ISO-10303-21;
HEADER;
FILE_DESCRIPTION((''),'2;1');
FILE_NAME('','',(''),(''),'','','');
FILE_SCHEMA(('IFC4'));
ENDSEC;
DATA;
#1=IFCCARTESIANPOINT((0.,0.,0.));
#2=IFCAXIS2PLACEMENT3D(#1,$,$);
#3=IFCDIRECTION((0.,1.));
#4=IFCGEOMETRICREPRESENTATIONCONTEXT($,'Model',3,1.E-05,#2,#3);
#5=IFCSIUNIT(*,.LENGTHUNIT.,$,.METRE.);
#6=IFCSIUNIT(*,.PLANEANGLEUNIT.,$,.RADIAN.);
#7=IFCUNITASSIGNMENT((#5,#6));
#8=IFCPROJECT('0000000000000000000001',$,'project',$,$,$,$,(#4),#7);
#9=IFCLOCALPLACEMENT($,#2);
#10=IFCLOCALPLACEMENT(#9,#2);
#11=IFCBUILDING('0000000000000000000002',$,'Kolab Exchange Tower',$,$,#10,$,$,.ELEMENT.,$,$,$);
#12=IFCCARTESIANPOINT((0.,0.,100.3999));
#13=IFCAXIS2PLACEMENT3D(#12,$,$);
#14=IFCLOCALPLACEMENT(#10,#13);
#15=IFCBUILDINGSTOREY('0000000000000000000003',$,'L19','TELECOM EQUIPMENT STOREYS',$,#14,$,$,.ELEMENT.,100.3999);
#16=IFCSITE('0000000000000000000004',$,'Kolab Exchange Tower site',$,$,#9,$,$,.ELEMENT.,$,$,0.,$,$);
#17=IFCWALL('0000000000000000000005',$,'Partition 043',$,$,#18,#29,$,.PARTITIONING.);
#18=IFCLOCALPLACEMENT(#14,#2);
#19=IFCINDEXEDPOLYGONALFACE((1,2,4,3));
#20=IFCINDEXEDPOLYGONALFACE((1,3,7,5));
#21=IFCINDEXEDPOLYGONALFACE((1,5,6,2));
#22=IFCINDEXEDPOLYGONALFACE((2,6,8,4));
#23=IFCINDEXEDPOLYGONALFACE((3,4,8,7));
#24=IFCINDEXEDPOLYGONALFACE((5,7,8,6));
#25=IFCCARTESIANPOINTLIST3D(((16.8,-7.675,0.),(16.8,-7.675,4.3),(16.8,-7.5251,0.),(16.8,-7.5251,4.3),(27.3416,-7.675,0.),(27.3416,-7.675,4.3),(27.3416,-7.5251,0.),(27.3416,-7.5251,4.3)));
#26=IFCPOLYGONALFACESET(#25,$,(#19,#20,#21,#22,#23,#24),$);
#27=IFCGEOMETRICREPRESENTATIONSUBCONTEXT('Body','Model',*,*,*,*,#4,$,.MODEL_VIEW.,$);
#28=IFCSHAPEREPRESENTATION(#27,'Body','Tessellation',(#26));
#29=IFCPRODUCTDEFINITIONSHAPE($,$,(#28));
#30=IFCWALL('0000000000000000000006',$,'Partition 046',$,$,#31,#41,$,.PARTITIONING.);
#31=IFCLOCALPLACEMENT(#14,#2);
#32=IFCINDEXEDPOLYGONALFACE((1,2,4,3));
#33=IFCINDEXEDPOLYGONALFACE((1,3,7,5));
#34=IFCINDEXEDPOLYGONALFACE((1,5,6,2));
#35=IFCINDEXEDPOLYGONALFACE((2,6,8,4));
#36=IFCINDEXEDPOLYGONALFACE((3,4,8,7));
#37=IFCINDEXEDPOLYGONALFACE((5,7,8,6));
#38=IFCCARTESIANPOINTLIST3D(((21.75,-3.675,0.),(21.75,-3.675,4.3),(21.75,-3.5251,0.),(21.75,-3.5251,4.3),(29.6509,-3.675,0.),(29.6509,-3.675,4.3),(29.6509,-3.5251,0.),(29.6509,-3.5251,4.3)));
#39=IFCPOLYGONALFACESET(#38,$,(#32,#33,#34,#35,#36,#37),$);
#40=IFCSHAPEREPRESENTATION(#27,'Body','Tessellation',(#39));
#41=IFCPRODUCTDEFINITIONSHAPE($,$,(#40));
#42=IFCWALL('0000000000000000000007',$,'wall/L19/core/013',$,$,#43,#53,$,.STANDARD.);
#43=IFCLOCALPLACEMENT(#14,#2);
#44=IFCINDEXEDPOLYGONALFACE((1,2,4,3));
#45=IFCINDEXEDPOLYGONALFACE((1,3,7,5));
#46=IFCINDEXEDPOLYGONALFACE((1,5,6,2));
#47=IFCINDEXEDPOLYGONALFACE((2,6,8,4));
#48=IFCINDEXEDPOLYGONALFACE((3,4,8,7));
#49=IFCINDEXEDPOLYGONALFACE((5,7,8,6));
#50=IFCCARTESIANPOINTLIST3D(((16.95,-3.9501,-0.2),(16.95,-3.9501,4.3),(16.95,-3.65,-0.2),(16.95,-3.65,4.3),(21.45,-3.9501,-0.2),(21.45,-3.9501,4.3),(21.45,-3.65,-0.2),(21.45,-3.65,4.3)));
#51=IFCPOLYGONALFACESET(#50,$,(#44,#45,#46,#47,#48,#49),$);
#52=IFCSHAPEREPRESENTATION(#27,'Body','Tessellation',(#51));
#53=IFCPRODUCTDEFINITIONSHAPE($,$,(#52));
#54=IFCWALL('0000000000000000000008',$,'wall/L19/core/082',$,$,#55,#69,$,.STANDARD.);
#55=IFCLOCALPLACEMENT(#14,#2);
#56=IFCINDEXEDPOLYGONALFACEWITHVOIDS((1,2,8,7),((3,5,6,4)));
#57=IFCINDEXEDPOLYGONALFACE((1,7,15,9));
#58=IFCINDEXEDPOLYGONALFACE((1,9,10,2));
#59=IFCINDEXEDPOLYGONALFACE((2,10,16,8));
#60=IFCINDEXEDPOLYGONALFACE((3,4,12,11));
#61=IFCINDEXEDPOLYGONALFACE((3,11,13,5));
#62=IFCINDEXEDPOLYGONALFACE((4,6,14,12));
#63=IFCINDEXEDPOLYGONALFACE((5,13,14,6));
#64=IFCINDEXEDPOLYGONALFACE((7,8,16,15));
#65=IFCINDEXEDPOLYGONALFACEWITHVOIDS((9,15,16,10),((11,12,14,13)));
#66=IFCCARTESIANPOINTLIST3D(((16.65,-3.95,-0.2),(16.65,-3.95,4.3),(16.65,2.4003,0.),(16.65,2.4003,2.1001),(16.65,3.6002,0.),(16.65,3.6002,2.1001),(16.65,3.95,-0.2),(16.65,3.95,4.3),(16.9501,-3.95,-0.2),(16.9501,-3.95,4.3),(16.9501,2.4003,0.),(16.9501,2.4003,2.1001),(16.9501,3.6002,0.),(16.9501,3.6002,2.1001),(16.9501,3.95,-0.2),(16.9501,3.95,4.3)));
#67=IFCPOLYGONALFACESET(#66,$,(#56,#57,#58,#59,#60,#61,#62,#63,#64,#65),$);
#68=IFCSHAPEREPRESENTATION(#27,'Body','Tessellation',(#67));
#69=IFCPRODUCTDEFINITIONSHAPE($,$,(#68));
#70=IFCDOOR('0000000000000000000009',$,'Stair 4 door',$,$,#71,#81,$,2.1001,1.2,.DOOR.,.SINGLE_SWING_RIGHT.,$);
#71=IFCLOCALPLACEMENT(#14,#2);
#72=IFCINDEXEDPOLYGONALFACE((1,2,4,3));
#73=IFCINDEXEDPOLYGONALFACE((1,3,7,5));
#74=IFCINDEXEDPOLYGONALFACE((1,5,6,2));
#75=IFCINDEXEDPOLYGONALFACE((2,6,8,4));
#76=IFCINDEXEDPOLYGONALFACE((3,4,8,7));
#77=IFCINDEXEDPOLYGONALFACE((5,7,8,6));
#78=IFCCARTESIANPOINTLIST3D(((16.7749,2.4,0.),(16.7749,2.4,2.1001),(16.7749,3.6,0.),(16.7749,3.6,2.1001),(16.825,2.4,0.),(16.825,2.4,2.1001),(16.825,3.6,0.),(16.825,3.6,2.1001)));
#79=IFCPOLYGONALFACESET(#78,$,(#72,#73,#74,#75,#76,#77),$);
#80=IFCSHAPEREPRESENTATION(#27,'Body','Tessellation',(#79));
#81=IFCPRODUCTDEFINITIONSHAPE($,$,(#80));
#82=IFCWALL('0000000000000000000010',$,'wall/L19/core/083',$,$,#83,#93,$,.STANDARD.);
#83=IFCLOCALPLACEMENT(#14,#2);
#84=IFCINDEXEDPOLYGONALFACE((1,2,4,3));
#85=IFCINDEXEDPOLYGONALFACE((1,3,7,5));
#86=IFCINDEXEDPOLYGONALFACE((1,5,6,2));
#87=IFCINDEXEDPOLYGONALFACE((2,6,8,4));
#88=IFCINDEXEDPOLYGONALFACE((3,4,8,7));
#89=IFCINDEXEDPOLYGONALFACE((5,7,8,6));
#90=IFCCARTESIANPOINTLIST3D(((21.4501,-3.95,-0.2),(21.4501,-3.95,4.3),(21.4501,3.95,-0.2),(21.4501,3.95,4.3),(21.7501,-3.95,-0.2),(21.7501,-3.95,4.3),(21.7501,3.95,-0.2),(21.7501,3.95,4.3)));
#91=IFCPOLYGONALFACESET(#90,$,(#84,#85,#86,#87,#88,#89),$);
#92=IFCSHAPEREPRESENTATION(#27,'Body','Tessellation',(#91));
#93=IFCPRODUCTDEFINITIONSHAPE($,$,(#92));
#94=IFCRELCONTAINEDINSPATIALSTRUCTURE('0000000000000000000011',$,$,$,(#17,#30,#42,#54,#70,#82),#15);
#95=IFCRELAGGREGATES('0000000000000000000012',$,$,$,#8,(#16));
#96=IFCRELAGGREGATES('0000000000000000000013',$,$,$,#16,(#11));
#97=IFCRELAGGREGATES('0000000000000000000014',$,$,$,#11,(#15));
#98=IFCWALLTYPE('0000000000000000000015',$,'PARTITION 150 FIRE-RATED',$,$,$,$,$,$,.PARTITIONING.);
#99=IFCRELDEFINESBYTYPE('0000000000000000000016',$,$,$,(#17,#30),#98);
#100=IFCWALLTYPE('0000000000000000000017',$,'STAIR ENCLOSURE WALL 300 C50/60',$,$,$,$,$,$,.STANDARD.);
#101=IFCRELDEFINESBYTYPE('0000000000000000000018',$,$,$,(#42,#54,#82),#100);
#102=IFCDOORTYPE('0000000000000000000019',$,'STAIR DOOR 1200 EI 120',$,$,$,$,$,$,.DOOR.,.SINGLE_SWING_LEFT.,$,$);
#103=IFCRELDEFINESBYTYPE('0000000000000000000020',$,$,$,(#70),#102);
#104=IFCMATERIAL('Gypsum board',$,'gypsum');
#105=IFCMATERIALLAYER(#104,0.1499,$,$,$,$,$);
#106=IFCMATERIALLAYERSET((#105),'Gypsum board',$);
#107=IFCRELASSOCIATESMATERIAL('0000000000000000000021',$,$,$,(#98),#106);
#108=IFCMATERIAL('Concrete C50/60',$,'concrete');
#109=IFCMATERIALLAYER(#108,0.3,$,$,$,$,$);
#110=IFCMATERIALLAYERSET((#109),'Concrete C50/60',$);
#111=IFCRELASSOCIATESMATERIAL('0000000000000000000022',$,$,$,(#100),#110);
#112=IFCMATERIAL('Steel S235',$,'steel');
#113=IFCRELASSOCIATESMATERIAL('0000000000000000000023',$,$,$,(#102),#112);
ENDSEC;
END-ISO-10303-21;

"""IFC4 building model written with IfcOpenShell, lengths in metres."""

from ifc_helpers import new_model, si_unit, direction, frame, frame_2d, origin, place, context, subcontext, project, spatial, rectangle, extrude, material, layer, layer_set, type_object, element, fill, save


model = new_model("IFC4")

# Units and contexts
model_context = context("Model", 3, precision=1e-05, world=origin(), true_north=direction((0.0, 1.0)))
body_context = subcontext(model_context, "Body", "Model", "MODEL_VIEW")
ifc_project = project(units=[si_unit("LENGTHUNIT", "METRE"), si_unit("PLANEANGLEUNIT", "RADIAN")], contexts=[model_context])

# Site, building, storey
site_placement = place(None, origin())
site = spatial("IfcSite", under=ifc_project, at=site_placement, Name="Kolab Exchange Tower site", CompositionType="ELEMENT", RefElevation=0.0)
building_placement = place(site_placement, origin())
building = spatial("IfcBuilding", under=site, at=building_placement, Name="Kolab Exchange Tower", CompositionType="ELEMENT")
storey_placement = place(building_placement, frame((0.0, 0.0, 100.3999)))
storey = spatial("IfcBuildingStorey", under=building, at=storey_placement, Name="L19", Description="TELECOM EQUIPMENT STOREYS", CompositionType="ELEMENT", Elevation=100.3999)

# Walls
ifc_material_1 = material(Name="Gypsum board", Category="gypsum")
ifc_layer_1 = layer(ifc_material_1, 0.1499)
ifc_layer_set_1 = layer_set([ifc_layer_1], Name="Gypsum board")
wall_type_1 = type_object("IfcWallType", Name="PARTITION 150 FIRE-RATED", PredefinedType="PARTITIONING", material=ifc_layer_set_1)
wall_1_placement = place(storey_placement, frame((16.8, -7.6001, 0.0), z_axis=(0.0, 0.0, 1.0), x_axis=(1.0, 0.0, 0.0)))
element("IfcWall", 1, at=wall_1_placement, inside=storey, type_object=wall_type_1, Name="Partition 043", PredefinedType="PARTITIONING", context=body_context, shape_type="SweptSolid", body=[
    extrude(rectangle(XDim=10.5415, YDim=0.1499, at=frame_2d((5.2708, 0.0))), origin(), (0.0, 0.0, 1.0), 4.3),
])
wall_2_placement = place(storey_placement, frame((21.75, -3.6001, 0.0), z_axis=(0.0, 0.0, 1.0), x_axis=(1.0, 0.0, 0.0)))
element("IfcWall", 2, at=wall_2_placement, inside=storey, type_object=wall_type_1, Name="Partition 046", PredefinedType="PARTITIONING", context=body_context, shape_type="SweptSolid", body=[
    extrude(rectangle(XDim=7.9009, YDim=0.1499, at=frame_2d((3.9504, 0.0))), origin(), (0.0, 0.0, 1.0), 4.3),
])
ifc_material_2 = material(Name="Concrete C50/60", Category="concrete")
ifc_layer_2 = layer(ifc_material_2, 0.3)
ifc_layer_set_2 = layer_set([ifc_layer_2], Name="Concrete C50/60")
wall_type_2 = type_object("IfcWallType", Name="STAIR ENCLOSURE WALL 300 C50/60", PredefinedType="STANDARD", material=ifc_layer_set_2)
wall_3_placement = place(storey_placement, frame((16.95, -3.8, -0.2), z_axis=(0.0, 0.0, 1.0), x_axis=(1.0, 0.0, 0.0)))
element("IfcWall", 3, at=wall_3_placement, inside=storey, type_object=wall_type_2, Name="wall/L19/core/013", PredefinedType="STANDARD", context=body_context, shape_type="SweptSolid", body=[
    extrude(rectangle(XDim=4.5, YDim=0.3, at=frame_2d((2.25, 0.0))), origin(), (0.0, 0.0, 1.0), 4.5),
])

# Wall, opening, door
wall_4_placement = place(storey_placement, frame((16.8, -3.95, -0.2), z_axis=(0.0, 0.0, 1.0), x_axis=(0.0, 1.0, 0.0)))
wall_4 = element("IfcWall", 4, at=wall_4_placement, inside=storey, type_object=wall_type_2, Name="wall/L19/core/082", PredefinedType="STANDARD", context=body_context, shape_type="SweptSolid", body=[
    extrude(rectangle(XDim=7.8999, YDim=0.3, at=frame_2d((3.95, 0.0))), origin(), (0.0, 0.0, 1.0), 4.5),
])
opening_1_placement = place(wall_4_placement, frame((6.3501, 0.0, 0.2)))
opening_1 = element("IfcOpeningElement", 5, at=opening_1_placement, cuts=wall_4, PredefinedType="OPENING", context=body_context, shape_type="SweptSolid", body=[
    extrude(rectangle(XDim=1.2, YDim=2.1001, at=frame_2d((0.6001, 1.05))), frame((0.0, 0.1602, 0.0), z_axis=(0.0, -1.0, 0.0), x_axis=(1.0, 0.0, 0.0)), (0.0, 0.0, 1.0), 0.3201),
])
ifc_material_3 = material(Name="Steel S235", Category="steel")
door_type_1 = type_object("IfcDoorType", Name="STAIR DOOR 1200 EI 120", OperationType="SINGLE_SWING_LEFT", PredefinedType="DOOR", material=ifc_material_3)
door_1_placement = place(opening_1_placement, frame((1.2, 0.0, 0.0), z_axis=(0.0, 0.0, 1.0), x_axis=(-1.0, 0.0, 0.0)))
door_1 = element("IfcDoor", 6, at=door_1_placement, inside=storey, type_object=door_type_1, Name="Stair 4 door", OperationType="SINGLE_SWING_RIGHT", OverallHeight=2.1001, OverallWidth=1.2, PredefinedType="DOOR", context=body_context, shape_type="SweptSolid", body=[
    extrude(rectangle(XDim=1.2, YDim=2.1001, at=frame_2d((0.6001, 1.05))), frame((0.0, 0.0249, 0.0), z_axis=(0.0, -1.0, 0.0), x_axis=(1.0, 0.0, 0.0)), (0.0, 0.0, 1.0), 0.05),
])
fill(opening_1, door_1)

# Wall
wall_5_placement = place(storey_placement, frame((21.6001, -3.95, -0.2), z_axis=(0.0, 0.0, 1.0), x_axis=(0.0, 1.0, 0.0)))
element("IfcWall", 7, at=wall_5_placement, inside=storey, type_object=wall_type_2, Name="wall/L19/core/083", PredefinedType="STANDARD", context=body_context, shape_type="SweptSolid", body=[
    extrude(rectangle(XDim=7.8999, YDim=0.3, at=frame_2d((3.95, 0.0))), origin(), (0.0, 0.0, 1.0), 4.5),
])

save(model, "model.ifc")
